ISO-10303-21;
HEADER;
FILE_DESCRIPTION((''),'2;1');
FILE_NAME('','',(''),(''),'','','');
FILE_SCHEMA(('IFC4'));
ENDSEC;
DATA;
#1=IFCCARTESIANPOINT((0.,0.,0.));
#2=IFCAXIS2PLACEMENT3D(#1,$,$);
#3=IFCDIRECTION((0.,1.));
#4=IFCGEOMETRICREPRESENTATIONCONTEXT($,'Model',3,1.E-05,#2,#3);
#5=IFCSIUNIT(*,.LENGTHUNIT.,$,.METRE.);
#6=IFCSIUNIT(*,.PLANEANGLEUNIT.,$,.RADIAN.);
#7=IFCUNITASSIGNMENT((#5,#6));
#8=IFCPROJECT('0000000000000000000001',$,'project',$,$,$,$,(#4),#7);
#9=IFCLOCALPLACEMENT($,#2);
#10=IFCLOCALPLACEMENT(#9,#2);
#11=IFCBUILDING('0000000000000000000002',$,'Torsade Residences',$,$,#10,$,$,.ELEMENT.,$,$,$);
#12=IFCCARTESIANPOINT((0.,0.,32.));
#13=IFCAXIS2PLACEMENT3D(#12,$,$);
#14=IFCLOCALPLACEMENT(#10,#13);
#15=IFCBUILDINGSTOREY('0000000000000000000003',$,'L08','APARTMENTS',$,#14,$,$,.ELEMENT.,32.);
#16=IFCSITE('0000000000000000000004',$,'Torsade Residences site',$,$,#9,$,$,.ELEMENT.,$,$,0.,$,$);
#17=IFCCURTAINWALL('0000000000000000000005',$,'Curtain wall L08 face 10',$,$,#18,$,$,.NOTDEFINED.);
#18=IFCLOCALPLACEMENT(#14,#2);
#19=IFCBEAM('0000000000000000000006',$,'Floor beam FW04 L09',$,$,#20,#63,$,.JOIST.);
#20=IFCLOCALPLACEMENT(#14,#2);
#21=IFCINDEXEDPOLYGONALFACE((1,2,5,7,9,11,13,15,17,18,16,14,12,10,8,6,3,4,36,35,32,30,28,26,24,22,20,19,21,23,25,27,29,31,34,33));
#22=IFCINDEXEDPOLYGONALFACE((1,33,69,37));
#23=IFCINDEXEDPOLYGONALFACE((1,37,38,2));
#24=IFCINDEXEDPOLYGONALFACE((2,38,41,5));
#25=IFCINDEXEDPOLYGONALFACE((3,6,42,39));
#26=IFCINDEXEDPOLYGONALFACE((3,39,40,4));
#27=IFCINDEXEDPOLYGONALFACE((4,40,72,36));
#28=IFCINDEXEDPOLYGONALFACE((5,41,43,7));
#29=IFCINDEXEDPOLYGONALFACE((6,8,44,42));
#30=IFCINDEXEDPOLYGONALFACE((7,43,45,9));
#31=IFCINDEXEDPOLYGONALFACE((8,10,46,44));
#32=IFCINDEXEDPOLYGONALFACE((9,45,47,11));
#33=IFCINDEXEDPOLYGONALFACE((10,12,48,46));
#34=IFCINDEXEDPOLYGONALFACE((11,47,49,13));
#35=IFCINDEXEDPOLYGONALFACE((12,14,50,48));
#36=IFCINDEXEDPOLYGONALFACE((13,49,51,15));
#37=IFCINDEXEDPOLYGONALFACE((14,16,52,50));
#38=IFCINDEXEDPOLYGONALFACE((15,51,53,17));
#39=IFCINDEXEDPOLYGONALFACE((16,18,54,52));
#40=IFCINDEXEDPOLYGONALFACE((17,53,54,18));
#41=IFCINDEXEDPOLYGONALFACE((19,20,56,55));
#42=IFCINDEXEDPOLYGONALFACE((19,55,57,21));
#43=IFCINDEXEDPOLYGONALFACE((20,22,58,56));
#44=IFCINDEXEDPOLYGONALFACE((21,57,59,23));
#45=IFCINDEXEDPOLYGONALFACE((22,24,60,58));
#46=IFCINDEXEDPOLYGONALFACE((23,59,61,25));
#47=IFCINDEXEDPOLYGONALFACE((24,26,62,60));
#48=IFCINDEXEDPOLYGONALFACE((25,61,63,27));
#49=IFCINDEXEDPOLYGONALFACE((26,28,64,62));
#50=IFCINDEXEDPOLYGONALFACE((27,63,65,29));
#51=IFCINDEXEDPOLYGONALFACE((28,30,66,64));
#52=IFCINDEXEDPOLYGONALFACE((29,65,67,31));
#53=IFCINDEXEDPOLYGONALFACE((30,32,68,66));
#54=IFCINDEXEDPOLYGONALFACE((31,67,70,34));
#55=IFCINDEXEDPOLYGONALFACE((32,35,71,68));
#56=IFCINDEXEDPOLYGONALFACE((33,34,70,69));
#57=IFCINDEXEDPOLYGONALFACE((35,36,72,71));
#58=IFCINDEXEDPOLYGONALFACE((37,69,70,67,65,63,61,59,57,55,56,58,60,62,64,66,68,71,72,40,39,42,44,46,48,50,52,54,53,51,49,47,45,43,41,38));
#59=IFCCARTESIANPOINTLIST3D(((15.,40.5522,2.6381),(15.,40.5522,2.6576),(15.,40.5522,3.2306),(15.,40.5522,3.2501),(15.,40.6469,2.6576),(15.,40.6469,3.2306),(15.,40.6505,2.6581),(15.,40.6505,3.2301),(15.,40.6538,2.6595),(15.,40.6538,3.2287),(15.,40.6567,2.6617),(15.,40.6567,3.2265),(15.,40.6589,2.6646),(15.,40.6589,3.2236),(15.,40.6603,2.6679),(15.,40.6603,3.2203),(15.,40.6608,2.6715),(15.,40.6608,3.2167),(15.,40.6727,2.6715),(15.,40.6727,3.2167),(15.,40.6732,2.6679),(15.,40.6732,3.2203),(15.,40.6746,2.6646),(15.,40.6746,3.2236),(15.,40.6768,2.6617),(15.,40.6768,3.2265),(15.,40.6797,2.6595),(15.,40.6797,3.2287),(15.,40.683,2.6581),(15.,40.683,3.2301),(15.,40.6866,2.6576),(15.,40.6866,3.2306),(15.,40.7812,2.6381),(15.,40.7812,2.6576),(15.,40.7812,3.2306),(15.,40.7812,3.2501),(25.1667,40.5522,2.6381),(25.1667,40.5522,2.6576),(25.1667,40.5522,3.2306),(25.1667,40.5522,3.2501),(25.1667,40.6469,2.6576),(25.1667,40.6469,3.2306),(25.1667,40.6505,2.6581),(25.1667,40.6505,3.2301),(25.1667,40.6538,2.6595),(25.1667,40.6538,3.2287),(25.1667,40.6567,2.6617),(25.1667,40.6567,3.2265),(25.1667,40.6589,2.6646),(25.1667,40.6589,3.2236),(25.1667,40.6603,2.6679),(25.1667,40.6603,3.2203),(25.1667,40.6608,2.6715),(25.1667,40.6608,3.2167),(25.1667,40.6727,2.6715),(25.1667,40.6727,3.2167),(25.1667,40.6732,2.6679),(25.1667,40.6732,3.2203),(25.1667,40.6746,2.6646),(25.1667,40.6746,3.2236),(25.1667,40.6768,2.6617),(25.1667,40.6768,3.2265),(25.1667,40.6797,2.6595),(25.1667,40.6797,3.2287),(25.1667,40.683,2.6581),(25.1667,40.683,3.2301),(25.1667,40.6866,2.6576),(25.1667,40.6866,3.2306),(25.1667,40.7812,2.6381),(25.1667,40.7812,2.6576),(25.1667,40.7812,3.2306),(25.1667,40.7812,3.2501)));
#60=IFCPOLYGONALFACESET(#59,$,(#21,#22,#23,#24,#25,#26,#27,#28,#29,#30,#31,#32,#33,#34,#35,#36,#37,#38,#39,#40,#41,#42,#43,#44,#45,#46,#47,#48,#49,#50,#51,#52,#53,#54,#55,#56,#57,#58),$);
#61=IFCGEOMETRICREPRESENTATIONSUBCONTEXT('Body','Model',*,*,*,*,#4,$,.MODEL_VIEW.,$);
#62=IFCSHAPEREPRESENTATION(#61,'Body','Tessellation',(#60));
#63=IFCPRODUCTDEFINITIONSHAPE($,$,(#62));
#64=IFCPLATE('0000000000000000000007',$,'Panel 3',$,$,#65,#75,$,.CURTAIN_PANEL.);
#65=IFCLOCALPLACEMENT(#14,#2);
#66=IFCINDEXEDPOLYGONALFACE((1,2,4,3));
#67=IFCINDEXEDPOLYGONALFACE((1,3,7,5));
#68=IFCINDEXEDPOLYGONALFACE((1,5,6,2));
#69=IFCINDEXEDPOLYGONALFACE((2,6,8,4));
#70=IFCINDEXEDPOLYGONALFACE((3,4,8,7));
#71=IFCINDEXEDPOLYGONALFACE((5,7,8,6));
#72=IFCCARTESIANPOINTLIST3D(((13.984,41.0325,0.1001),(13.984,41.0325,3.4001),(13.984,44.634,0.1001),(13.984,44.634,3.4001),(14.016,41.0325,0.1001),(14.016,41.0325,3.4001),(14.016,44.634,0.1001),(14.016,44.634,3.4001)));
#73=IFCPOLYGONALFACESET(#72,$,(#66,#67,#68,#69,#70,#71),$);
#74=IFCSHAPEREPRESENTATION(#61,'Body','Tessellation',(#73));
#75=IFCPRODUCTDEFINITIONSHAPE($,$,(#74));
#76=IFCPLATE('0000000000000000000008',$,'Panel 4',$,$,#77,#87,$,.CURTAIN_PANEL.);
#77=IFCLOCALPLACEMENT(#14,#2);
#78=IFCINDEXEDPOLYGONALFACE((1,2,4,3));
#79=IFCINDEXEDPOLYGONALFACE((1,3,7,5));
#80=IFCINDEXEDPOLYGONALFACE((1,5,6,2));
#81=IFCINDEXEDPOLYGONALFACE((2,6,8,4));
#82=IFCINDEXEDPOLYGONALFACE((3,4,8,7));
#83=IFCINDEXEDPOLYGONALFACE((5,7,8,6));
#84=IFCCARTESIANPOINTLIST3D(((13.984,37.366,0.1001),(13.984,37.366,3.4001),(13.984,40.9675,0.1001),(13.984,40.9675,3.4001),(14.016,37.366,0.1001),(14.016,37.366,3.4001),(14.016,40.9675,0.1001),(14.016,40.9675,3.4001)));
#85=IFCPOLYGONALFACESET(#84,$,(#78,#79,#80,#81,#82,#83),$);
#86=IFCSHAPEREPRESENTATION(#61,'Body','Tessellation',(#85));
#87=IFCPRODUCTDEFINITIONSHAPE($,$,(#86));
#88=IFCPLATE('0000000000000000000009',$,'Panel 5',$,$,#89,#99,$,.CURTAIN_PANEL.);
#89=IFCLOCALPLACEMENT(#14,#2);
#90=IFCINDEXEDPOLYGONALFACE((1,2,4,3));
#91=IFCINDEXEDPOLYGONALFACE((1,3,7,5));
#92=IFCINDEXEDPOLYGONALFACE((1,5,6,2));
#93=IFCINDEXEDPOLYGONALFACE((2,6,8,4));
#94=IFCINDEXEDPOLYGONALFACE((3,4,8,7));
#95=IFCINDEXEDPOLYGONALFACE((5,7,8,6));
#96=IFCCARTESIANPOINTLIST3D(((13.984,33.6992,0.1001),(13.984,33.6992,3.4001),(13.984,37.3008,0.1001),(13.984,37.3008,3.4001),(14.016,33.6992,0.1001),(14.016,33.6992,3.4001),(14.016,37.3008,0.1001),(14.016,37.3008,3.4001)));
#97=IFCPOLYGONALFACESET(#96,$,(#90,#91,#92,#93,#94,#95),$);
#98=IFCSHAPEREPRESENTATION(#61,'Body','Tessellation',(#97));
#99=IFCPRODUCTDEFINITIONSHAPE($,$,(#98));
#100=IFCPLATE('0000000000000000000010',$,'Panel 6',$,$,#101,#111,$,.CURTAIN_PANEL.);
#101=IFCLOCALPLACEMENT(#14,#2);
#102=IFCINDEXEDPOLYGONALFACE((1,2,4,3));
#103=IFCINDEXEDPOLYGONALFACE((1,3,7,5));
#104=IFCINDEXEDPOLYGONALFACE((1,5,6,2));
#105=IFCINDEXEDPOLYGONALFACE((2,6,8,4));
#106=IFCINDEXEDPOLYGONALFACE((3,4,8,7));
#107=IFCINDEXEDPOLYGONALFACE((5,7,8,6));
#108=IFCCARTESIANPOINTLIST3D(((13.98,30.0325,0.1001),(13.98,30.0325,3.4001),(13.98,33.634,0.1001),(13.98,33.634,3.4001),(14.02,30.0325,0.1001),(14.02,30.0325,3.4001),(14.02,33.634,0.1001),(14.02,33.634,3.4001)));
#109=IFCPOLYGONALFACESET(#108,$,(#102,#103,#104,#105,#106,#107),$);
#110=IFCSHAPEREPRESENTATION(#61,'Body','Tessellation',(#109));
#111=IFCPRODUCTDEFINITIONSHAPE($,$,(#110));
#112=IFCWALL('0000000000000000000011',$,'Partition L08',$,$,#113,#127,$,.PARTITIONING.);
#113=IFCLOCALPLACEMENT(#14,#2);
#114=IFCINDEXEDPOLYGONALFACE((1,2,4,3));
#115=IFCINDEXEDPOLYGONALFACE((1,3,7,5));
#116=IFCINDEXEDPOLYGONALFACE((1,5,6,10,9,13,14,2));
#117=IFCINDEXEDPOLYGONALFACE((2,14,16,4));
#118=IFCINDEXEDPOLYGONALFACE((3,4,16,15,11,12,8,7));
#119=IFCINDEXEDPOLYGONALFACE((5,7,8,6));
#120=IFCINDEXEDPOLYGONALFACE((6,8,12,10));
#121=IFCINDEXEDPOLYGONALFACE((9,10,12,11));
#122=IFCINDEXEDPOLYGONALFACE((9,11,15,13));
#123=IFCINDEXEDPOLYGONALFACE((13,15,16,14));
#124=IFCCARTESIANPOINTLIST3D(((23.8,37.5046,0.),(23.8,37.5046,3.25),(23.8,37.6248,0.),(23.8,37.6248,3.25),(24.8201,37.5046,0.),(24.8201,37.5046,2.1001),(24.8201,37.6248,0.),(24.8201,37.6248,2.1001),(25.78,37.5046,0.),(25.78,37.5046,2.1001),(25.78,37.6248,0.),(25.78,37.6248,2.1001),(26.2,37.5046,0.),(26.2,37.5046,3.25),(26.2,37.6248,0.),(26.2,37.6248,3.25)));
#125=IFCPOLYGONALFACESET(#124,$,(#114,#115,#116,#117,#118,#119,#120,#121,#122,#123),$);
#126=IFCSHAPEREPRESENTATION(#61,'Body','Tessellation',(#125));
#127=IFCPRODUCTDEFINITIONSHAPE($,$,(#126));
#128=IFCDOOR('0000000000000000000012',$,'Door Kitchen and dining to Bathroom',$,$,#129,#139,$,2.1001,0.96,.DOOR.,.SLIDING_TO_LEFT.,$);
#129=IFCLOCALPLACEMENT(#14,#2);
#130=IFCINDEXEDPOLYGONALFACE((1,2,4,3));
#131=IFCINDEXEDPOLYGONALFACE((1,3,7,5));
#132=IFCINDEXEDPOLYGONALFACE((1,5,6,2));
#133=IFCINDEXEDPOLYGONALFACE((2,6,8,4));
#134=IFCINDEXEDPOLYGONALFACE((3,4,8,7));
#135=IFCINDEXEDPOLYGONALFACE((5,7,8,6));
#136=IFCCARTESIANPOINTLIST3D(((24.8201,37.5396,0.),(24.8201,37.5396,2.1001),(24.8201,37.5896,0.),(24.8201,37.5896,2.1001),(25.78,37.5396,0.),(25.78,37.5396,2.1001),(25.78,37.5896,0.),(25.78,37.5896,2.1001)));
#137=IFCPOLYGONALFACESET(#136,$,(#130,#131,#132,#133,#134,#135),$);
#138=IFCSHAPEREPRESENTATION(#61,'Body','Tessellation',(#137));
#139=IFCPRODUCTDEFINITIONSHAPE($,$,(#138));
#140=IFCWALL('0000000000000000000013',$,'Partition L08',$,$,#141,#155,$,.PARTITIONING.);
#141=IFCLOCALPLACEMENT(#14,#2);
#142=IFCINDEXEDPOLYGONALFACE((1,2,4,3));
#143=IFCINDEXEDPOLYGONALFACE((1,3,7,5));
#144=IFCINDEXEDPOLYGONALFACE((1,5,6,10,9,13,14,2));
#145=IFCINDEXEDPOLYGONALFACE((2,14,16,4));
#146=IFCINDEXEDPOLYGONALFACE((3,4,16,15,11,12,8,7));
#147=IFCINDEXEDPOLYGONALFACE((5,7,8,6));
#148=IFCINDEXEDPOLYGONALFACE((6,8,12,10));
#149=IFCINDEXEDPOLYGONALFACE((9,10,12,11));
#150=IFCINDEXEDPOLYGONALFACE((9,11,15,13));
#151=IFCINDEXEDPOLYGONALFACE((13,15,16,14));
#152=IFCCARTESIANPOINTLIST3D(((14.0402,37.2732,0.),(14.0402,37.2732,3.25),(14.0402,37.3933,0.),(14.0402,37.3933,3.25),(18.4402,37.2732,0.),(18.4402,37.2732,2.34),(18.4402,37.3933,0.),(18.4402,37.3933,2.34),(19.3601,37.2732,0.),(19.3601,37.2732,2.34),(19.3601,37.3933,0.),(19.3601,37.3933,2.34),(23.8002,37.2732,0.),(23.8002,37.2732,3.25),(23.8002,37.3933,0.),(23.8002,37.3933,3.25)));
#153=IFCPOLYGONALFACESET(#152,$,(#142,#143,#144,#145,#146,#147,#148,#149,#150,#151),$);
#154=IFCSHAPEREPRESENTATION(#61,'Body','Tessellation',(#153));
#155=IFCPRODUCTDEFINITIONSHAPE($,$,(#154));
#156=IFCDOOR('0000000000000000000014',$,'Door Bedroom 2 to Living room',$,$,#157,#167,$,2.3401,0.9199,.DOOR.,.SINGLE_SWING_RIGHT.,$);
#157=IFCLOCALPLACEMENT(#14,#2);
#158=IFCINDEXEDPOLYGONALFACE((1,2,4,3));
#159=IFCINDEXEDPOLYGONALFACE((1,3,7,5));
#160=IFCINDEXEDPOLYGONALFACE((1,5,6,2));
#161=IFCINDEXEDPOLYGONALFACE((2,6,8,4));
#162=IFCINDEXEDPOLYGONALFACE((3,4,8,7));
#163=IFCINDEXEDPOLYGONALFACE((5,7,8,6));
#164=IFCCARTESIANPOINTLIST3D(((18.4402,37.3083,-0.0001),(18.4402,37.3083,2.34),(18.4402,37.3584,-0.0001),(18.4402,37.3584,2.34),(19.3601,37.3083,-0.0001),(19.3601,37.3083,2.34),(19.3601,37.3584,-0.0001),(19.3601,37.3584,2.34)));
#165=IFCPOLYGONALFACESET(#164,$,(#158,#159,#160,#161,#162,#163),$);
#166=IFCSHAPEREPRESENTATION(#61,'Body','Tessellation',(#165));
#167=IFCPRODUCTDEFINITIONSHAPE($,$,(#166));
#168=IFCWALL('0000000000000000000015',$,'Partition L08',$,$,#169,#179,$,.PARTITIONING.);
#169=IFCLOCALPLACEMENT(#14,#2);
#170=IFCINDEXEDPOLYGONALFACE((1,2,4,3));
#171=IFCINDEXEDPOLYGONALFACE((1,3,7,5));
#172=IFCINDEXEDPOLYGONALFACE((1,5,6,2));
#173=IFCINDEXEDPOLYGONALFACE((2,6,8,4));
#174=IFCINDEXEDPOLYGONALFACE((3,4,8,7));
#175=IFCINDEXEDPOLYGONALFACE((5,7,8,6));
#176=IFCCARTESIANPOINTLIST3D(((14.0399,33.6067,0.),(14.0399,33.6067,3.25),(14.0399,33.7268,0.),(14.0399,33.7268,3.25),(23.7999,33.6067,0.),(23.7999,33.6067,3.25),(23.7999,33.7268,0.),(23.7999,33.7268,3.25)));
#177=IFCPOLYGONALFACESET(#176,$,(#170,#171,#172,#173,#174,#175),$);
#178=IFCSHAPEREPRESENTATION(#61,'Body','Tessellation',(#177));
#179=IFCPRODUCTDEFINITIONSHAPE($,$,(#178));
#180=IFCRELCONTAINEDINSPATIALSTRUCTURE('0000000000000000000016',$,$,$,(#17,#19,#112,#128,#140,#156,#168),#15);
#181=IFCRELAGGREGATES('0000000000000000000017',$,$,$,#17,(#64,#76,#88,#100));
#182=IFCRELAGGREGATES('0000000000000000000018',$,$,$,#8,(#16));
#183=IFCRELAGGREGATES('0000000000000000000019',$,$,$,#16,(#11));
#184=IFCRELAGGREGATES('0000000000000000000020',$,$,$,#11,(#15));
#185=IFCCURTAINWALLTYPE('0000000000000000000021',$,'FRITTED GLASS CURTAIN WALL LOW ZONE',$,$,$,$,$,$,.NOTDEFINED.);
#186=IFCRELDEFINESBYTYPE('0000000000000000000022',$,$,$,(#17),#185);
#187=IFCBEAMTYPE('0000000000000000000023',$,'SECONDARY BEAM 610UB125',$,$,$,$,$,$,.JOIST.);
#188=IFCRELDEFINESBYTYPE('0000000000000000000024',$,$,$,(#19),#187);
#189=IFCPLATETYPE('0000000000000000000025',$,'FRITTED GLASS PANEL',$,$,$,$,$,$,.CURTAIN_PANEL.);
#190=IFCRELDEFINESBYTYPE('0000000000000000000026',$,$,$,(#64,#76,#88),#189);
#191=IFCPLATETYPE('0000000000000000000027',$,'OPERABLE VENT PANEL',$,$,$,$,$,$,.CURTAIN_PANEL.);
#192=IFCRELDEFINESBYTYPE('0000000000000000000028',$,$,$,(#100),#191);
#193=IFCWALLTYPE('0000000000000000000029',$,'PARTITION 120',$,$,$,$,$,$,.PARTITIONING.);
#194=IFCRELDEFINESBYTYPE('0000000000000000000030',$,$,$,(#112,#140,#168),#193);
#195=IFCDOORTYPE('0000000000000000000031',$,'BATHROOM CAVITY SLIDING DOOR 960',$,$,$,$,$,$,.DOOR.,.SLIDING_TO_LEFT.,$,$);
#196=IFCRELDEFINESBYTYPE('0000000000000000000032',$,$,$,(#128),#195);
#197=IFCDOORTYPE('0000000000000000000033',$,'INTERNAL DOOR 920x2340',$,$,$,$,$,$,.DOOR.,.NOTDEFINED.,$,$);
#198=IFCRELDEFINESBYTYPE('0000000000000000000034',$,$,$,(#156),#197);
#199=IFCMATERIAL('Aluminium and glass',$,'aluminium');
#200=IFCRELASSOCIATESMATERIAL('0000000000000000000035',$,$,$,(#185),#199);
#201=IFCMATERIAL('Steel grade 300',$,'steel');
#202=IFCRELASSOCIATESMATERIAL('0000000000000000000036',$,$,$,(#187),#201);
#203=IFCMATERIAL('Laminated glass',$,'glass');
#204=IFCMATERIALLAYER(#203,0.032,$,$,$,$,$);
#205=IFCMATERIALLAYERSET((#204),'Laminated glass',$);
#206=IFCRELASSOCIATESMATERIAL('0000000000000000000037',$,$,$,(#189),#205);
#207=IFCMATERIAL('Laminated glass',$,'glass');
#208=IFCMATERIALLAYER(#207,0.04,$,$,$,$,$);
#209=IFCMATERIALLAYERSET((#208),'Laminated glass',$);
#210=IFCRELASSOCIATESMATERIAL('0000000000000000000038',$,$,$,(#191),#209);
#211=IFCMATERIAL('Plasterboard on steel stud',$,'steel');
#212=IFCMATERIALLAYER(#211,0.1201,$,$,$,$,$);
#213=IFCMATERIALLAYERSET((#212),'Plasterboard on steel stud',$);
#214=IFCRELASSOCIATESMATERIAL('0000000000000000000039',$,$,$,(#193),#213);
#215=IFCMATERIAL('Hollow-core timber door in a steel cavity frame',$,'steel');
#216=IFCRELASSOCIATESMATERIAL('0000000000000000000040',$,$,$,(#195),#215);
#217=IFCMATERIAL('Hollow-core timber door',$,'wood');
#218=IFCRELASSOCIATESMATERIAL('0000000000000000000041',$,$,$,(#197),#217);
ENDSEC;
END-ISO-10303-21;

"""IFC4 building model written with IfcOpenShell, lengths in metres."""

from ifc_helpers import new_model, si_unit, direction, frame, frame_2d, origin, origin_2d, place, context, subcontext, project, spatial, rectangle, i_section, extrude, material, layer, layer_set, material_profile, profile_set, type_object, element, fill, aggregate, save


model = new_model("IFC4")

# Units and contexts
model_context = context("Model", 3, precision=1e-05, world=origin(), true_north=direction((0.0, 1.0)))
body_context = subcontext(model_context, "Body", "Model", "MODEL_VIEW")
ifc_project = project(units=[si_unit("LENGTHUNIT", "METRE"), si_unit("PLANEANGLEUNIT", "RADIAN")], contexts=[model_context])

# Site, building, storey
site_placement = place(None, origin())
site = spatial("IfcSite", under=ifc_project, at=site_placement, Name="Torsade Residences site", CompositionType="ELEMENT", RefElevation=0.0)
building_placement = place(site_placement, origin())
building = spatial("IfcBuilding", under=site, at=building_placement, Name="Torsade Residences", CompositionType="ELEMENT")
storey_placement = place(building_placement, frame((0.0, 0.0, 32.0)))
storey = spatial("IfcBuildingStorey", under=building, at=storey_placement, Name="L08", Description="APARTMENTS", CompositionType="ELEMENT", Elevation=32.0)

# Curtain wall
ifc_material_1 = material(Name="Aluminium and glass", Category="aluminium")
curtain_wall_type = type_object("IfcCurtainWallType", Name="FRITTED GLASS CURTAIN WALL LOW ZONE", PredefinedType="NOTDEFINED", material=ifc_material_1)
curtain_wall_placement = place(storey_placement, origin())
curtain_wall = element("IfcCurtainWall", 1, at=curtain_wall_placement, inside=storey, type_object=curtain_wall_type, Name="Curtain wall L08 face 10", PredefinedType="NOTDEFINED")

# Beam
ifc_material_2 = material(Name="Steel grade 300", Category="steel")
ifc_material_profile_1 = material_profile(ifc_material_2, i_section(OverallWidth=0.229, OverallDepth=0.6121, WebThickness=0.012, FlangeThickness=0.0195, FilletRadius=0.0139, at=origin_2d()), Name="610UB125")
ifc_profile_set_1 = profile_set([ifc_material_profile_1], Name="Steel grade 300")
beam_type_1 = type_object("IfcBeamType", Name="SECONDARY BEAM 610UB125", PredefinedType="JOIST", material=ifc_profile_set_1)
beam_1_placement = place(storey_placement, frame((15.0, 40.6667, 2.9441), z_axis=(1.0, 0.0, 0.0), x_axis=(0.0, 1.0, 0.0)))
element("IfcBeam", 2, at=beam_1_placement, inside=storey, type_object=beam_type_1, Name="Floor beam FW04 L09", PredefinedType="JOIST", context=body_context, shape_type="SweptSolid", body=[
    extrude(i_section(OverallWidth=0.229, OverallDepth=0.6121, WebThickness=0.012, FlangeThickness=0.0195, FilletRadius=0.0139, at=origin_2d()), origin(), (0.0, 0.0, 1.0), 10.1667),
])

# Plates
ifc_material_3 = material(Name="Laminated glass", Category="glass")
ifc_layer_1 = layer(ifc_material_3, 0.032)
ifc_layer_set_1 = layer_set([ifc_layer_1], Name="Laminated glass")
plate_type_1 = type_object("IfcPlateType", Name="FRITTED GLASS PANEL", PredefinedType="CURTAIN_PANEL", material=ifc_layer_set_1)
plate_1_placement = place(storey_placement, frame((14.0, 42.8333, 0.1001), z_axis=(0.0, 0.0, 1.0), x_axis=(0.0, -1.0, 0.0)))
plate_1 = element("IfcPlate", 3, at=plate_1_placement, type_object=plate_type_1, Name="Panel 3", PredefinedType="CURTAIN_PANEL", context=body_context, shape_type="SweptSolid", body=[
    extrude(rectangle(XDim=3.6016, YDim=0.032, at=origin_2d()), origin(), (0.0, 0.0, 1.0), 3.3),
])
plate_2_placement = place(storey_placement, frame((14.0, 39.1667, 0.1001), z_axis=(0.0, 0.0, 1.0), x_axis=(0.0, -1.0, 0.0)))
plate_2 = element("IfcPlate", 4, at=plate_2_placement, type_object=plate_type_1, Name="Panel 4", PredefinedType="CURTAIN_PANEL", context=body_context, shape_type="SweptSolid", body=[
    extrude(rectangle(XDim=3.6016, YDim=0.032, at=origin_2d()), origin(), (0.0, 0.0, 1.0), 3.3),
])
plate_3_placement = place(storey_placement, frame((14.0, 35.5, 0.1001), z_axis=(0.0, 0.0, 1.0), x_axis=(0.0, -1.0, 0.0)))
plate_3 = element("IfcPlate", 5, at=plate_3_placement, type_object=plate_type_1, Name="Panel 5", PredefinedType="CURTAIN_PANEL", context=body_context, shape_type="SweptSolid", body=[
    extrude(rectangle(XDim=3.6016, YDim=0.032, at=origin_2d()), origin(), (0.0, 0.0, 1.0), 3.3),
])
ifc_material_4 = material(Name="Laminated glass", Category="glass")
ifc_layer_2 = layer(ifc_material_4, 0.04)
ifc_layer_set_2 = layer_set([ifc_layer_2], Name="Laminated glass")
plate_type_2 = type_object("IfcPlateType", Name="OPERABLE VENT PANEL", PredefinedType="CURTAIN_PANEL", material=ifc_layer_set_2)
plate_4_placement = place(storey_placement, frame((14.0, 31.8333, 0.1001), z_axis=(0.0, 0.0, 1.0), x_axis=(0.0, -1.0, 0.0)))
plate_4 = element("IfcPlate", 6, at=plate_4_placement, type_object=plate_type_2, Name="Panel 6", PredefinedType="CURTAIN_PANEL", context=body_context, shape_type="SweptSolid", body=[
    extrude(rectangle(XDim=3.6016, YDim=0.04, at=origin_2d()), origin(), (0.0, 0.0, 1.0), 3.3),
])
aggregate(curtain_wall, [plate_1, plate_2, plate_3, plate_4])

# Walls, openings, doors
ifc_material_5 = material(Name="Plasterboard on steel stud", Category="steel")
ifc_layer_3 = layer(ifc_material_5, 0.1201)
ifc_layer_set_3 = layer_set([ifc_layer_3], Name="Plasterboard on steel stud")
wall_type_1 = type_object("IfcWallType", Name="PARTITION 120", PredefinedType="PARTITIONING", material=ifc_layer_set_3)
wall_1_placement = place(storey_placement, frame((23.8, 37.5647, 0.0), z_axis=(0.0, 0.0, 1.0), x_axis=(1.0, 0.0, 0.0)))
wall_1 = element("IfcWall", 7, at=wall_1_placement, inside=storey, type_object=wall_type_1, Name="Partition L08", PredefinedType="PARTITIONING", context=body_context, shape_type="SweptSolid", body=[
    extrude(rectangle(XDim=2.3999, YDim=0.1201, at=frame_2d((1.2, 0.0))), origin(), (0.0, 0.0, 1.0), 3.25),
])
opening_1_placement = place(wall_1_placement, frame((1.02, 0.0, 0.0)))
opening_1 = element("IfcOpeningElement", 8, at=opening_1_placement, cuts=wall_1, PredefinedType="OPENING", context=body_context, shape_type="SweptSolid", body=[
    extrude(rectangle(XDim=0.96, YDim=2.1001, at=frame_2d((0.48, 1.05))), frame((0.0, 0.0701, 0.0), z_axis=(0.0, -1.0, 0.0), x_axis=(1.0, 0.0, 0.0)), (0.0, 0.0, 1.0), 0.1401),
])
ifc_material_6 = material(Name="Hollow-core timber door in a steel cavity frame", Category="steel")
door_type_1 = type_object("IfcDoorType", Name="BATHROOM CAVITY SLIDING DOOR 960", OperationType="SLIDING_TO_LEFT", PredefinedType="DOOR", material=ifc_material_6)
door_1_placement = place(opening_1_placement, origin())
door_1 = element("IfcDoor", 9, at=door_1_placement, inside=storey, type_object=door_type_1, Name="Door Kitchen and dining to Bathroom", OperationType="SLIDING_TO_LEFT", OverallHeight=2.1001, OverallWidth=0.96, PredefinedType="DOOR", context=body_context, shape_type="SweptSolid", body=[
    extrude(rectangle(XDim=0.96, YDim=2.1001, at=frame_2d((0.48, 1.05))), frame((0.0, 0.0249, 0.0), z_axis=(0.0, -1.0, 0.0), x_axis=(1.0, 0.0, 0.0)), (0.0, 0.0, 1.0), 0.05),
])
fill(opening_1, door_1)
wall_2_placement = place(storey_placement, frame((23.8, 37.3333, 0.0), z_axis=(0.0, 0.0, 1.0), x_axis=(-1.0, 0.0, 0.0)))
wall_2 = element("IfcWall", 10, at=wall_2_placement, inside=storey, type_object=wall_type_1, Name="Partition L08", PredefinedType="PARTITIONING", context=body_context, shape_type="SweptSolid", body=[
    extrude(rectangle(XDim=9.76, YDim=0.1201, at=frame_2d((4.8799, 0.0))), origin(), (0.0, 0.0, 1.0), 3.25),
])
opening_2_placement = place(wall_2_placement, frame((4.4399, 0.0, 0.0)))
opening_2 = element("IfcOpeningElement", 11, at=opening_2_placement, cuts=wall_2, PredefinedType="OPENING", context=body_context, shape_type="SweptSolid", body=[
    extrude(rectangle(XDim=0.9199, YDim=2.3401, at=frame_2d((0.46, 1.1699))), frame((0.0, 0.0701, 0.0), z_axis=(0.0, -1.0, 0.0), x_axis=(1.0, 0.0, 0.0)), (0.0, 0.0, 1.0), 0.1401),
])
ifc_material_7 = material(Name="Hollow-core timber door", Category="wood")
door_type_2 = type_object("IfcDoorType", Name="INTERNAL DOOR 920x2340", OperationType="NOTDEFINED", PredefinedType="DOOR", material=ifc_material_7)
door_2_placement = place(opening_2_placement, origin())
door_2 = element("IfcDoor", 12, at=door_2_placement, inside=storey, type_object=door_type_2, Name="Door Bedroom 2 to Living room", OperationType="SINGLE_SWING_RIGHT", OverallHeight=2.3401, OverallWidth=0.9199, PredefinedType="DOOR", context=body_context, shape_type="SweptSolid", body=[
    extrude(rectangle(XDim=0.9199, YDim=2.3401, at=frame_2d((0.46, 1.1699))), frame((0.0, 0.0249, 0.0), z_axis=(0.0, -1.0, 0.0), x_axis=(1.0, 0.0, 0.0)), (0.0, 0.0, 1.0), 0.05),
])
fill(opening_2, door_2)

# Wall
wall_3_placement = place(storey_placement, frame((14.04, 33.6667, 0.0), z_axis=(0.0, 0.0, 1.0), x_axis=(1.0, 0.0, 0.0)))
element("IfcWall", 13, at=wall_3_placement, inside=storey, type_object=wall_type_1, Name="Partition L08", PredefinedType="PARTITIONING", context=body_context, shape_type="SweptSolid", body=[
    extrude(rectangle(XDim=9.76, YDim=0.1201, at=frame_2d((4.8799, 0.0))), origin(), (0.0, 0.0, 1.0), 3.25),
])

save(model, "model.ifc")
